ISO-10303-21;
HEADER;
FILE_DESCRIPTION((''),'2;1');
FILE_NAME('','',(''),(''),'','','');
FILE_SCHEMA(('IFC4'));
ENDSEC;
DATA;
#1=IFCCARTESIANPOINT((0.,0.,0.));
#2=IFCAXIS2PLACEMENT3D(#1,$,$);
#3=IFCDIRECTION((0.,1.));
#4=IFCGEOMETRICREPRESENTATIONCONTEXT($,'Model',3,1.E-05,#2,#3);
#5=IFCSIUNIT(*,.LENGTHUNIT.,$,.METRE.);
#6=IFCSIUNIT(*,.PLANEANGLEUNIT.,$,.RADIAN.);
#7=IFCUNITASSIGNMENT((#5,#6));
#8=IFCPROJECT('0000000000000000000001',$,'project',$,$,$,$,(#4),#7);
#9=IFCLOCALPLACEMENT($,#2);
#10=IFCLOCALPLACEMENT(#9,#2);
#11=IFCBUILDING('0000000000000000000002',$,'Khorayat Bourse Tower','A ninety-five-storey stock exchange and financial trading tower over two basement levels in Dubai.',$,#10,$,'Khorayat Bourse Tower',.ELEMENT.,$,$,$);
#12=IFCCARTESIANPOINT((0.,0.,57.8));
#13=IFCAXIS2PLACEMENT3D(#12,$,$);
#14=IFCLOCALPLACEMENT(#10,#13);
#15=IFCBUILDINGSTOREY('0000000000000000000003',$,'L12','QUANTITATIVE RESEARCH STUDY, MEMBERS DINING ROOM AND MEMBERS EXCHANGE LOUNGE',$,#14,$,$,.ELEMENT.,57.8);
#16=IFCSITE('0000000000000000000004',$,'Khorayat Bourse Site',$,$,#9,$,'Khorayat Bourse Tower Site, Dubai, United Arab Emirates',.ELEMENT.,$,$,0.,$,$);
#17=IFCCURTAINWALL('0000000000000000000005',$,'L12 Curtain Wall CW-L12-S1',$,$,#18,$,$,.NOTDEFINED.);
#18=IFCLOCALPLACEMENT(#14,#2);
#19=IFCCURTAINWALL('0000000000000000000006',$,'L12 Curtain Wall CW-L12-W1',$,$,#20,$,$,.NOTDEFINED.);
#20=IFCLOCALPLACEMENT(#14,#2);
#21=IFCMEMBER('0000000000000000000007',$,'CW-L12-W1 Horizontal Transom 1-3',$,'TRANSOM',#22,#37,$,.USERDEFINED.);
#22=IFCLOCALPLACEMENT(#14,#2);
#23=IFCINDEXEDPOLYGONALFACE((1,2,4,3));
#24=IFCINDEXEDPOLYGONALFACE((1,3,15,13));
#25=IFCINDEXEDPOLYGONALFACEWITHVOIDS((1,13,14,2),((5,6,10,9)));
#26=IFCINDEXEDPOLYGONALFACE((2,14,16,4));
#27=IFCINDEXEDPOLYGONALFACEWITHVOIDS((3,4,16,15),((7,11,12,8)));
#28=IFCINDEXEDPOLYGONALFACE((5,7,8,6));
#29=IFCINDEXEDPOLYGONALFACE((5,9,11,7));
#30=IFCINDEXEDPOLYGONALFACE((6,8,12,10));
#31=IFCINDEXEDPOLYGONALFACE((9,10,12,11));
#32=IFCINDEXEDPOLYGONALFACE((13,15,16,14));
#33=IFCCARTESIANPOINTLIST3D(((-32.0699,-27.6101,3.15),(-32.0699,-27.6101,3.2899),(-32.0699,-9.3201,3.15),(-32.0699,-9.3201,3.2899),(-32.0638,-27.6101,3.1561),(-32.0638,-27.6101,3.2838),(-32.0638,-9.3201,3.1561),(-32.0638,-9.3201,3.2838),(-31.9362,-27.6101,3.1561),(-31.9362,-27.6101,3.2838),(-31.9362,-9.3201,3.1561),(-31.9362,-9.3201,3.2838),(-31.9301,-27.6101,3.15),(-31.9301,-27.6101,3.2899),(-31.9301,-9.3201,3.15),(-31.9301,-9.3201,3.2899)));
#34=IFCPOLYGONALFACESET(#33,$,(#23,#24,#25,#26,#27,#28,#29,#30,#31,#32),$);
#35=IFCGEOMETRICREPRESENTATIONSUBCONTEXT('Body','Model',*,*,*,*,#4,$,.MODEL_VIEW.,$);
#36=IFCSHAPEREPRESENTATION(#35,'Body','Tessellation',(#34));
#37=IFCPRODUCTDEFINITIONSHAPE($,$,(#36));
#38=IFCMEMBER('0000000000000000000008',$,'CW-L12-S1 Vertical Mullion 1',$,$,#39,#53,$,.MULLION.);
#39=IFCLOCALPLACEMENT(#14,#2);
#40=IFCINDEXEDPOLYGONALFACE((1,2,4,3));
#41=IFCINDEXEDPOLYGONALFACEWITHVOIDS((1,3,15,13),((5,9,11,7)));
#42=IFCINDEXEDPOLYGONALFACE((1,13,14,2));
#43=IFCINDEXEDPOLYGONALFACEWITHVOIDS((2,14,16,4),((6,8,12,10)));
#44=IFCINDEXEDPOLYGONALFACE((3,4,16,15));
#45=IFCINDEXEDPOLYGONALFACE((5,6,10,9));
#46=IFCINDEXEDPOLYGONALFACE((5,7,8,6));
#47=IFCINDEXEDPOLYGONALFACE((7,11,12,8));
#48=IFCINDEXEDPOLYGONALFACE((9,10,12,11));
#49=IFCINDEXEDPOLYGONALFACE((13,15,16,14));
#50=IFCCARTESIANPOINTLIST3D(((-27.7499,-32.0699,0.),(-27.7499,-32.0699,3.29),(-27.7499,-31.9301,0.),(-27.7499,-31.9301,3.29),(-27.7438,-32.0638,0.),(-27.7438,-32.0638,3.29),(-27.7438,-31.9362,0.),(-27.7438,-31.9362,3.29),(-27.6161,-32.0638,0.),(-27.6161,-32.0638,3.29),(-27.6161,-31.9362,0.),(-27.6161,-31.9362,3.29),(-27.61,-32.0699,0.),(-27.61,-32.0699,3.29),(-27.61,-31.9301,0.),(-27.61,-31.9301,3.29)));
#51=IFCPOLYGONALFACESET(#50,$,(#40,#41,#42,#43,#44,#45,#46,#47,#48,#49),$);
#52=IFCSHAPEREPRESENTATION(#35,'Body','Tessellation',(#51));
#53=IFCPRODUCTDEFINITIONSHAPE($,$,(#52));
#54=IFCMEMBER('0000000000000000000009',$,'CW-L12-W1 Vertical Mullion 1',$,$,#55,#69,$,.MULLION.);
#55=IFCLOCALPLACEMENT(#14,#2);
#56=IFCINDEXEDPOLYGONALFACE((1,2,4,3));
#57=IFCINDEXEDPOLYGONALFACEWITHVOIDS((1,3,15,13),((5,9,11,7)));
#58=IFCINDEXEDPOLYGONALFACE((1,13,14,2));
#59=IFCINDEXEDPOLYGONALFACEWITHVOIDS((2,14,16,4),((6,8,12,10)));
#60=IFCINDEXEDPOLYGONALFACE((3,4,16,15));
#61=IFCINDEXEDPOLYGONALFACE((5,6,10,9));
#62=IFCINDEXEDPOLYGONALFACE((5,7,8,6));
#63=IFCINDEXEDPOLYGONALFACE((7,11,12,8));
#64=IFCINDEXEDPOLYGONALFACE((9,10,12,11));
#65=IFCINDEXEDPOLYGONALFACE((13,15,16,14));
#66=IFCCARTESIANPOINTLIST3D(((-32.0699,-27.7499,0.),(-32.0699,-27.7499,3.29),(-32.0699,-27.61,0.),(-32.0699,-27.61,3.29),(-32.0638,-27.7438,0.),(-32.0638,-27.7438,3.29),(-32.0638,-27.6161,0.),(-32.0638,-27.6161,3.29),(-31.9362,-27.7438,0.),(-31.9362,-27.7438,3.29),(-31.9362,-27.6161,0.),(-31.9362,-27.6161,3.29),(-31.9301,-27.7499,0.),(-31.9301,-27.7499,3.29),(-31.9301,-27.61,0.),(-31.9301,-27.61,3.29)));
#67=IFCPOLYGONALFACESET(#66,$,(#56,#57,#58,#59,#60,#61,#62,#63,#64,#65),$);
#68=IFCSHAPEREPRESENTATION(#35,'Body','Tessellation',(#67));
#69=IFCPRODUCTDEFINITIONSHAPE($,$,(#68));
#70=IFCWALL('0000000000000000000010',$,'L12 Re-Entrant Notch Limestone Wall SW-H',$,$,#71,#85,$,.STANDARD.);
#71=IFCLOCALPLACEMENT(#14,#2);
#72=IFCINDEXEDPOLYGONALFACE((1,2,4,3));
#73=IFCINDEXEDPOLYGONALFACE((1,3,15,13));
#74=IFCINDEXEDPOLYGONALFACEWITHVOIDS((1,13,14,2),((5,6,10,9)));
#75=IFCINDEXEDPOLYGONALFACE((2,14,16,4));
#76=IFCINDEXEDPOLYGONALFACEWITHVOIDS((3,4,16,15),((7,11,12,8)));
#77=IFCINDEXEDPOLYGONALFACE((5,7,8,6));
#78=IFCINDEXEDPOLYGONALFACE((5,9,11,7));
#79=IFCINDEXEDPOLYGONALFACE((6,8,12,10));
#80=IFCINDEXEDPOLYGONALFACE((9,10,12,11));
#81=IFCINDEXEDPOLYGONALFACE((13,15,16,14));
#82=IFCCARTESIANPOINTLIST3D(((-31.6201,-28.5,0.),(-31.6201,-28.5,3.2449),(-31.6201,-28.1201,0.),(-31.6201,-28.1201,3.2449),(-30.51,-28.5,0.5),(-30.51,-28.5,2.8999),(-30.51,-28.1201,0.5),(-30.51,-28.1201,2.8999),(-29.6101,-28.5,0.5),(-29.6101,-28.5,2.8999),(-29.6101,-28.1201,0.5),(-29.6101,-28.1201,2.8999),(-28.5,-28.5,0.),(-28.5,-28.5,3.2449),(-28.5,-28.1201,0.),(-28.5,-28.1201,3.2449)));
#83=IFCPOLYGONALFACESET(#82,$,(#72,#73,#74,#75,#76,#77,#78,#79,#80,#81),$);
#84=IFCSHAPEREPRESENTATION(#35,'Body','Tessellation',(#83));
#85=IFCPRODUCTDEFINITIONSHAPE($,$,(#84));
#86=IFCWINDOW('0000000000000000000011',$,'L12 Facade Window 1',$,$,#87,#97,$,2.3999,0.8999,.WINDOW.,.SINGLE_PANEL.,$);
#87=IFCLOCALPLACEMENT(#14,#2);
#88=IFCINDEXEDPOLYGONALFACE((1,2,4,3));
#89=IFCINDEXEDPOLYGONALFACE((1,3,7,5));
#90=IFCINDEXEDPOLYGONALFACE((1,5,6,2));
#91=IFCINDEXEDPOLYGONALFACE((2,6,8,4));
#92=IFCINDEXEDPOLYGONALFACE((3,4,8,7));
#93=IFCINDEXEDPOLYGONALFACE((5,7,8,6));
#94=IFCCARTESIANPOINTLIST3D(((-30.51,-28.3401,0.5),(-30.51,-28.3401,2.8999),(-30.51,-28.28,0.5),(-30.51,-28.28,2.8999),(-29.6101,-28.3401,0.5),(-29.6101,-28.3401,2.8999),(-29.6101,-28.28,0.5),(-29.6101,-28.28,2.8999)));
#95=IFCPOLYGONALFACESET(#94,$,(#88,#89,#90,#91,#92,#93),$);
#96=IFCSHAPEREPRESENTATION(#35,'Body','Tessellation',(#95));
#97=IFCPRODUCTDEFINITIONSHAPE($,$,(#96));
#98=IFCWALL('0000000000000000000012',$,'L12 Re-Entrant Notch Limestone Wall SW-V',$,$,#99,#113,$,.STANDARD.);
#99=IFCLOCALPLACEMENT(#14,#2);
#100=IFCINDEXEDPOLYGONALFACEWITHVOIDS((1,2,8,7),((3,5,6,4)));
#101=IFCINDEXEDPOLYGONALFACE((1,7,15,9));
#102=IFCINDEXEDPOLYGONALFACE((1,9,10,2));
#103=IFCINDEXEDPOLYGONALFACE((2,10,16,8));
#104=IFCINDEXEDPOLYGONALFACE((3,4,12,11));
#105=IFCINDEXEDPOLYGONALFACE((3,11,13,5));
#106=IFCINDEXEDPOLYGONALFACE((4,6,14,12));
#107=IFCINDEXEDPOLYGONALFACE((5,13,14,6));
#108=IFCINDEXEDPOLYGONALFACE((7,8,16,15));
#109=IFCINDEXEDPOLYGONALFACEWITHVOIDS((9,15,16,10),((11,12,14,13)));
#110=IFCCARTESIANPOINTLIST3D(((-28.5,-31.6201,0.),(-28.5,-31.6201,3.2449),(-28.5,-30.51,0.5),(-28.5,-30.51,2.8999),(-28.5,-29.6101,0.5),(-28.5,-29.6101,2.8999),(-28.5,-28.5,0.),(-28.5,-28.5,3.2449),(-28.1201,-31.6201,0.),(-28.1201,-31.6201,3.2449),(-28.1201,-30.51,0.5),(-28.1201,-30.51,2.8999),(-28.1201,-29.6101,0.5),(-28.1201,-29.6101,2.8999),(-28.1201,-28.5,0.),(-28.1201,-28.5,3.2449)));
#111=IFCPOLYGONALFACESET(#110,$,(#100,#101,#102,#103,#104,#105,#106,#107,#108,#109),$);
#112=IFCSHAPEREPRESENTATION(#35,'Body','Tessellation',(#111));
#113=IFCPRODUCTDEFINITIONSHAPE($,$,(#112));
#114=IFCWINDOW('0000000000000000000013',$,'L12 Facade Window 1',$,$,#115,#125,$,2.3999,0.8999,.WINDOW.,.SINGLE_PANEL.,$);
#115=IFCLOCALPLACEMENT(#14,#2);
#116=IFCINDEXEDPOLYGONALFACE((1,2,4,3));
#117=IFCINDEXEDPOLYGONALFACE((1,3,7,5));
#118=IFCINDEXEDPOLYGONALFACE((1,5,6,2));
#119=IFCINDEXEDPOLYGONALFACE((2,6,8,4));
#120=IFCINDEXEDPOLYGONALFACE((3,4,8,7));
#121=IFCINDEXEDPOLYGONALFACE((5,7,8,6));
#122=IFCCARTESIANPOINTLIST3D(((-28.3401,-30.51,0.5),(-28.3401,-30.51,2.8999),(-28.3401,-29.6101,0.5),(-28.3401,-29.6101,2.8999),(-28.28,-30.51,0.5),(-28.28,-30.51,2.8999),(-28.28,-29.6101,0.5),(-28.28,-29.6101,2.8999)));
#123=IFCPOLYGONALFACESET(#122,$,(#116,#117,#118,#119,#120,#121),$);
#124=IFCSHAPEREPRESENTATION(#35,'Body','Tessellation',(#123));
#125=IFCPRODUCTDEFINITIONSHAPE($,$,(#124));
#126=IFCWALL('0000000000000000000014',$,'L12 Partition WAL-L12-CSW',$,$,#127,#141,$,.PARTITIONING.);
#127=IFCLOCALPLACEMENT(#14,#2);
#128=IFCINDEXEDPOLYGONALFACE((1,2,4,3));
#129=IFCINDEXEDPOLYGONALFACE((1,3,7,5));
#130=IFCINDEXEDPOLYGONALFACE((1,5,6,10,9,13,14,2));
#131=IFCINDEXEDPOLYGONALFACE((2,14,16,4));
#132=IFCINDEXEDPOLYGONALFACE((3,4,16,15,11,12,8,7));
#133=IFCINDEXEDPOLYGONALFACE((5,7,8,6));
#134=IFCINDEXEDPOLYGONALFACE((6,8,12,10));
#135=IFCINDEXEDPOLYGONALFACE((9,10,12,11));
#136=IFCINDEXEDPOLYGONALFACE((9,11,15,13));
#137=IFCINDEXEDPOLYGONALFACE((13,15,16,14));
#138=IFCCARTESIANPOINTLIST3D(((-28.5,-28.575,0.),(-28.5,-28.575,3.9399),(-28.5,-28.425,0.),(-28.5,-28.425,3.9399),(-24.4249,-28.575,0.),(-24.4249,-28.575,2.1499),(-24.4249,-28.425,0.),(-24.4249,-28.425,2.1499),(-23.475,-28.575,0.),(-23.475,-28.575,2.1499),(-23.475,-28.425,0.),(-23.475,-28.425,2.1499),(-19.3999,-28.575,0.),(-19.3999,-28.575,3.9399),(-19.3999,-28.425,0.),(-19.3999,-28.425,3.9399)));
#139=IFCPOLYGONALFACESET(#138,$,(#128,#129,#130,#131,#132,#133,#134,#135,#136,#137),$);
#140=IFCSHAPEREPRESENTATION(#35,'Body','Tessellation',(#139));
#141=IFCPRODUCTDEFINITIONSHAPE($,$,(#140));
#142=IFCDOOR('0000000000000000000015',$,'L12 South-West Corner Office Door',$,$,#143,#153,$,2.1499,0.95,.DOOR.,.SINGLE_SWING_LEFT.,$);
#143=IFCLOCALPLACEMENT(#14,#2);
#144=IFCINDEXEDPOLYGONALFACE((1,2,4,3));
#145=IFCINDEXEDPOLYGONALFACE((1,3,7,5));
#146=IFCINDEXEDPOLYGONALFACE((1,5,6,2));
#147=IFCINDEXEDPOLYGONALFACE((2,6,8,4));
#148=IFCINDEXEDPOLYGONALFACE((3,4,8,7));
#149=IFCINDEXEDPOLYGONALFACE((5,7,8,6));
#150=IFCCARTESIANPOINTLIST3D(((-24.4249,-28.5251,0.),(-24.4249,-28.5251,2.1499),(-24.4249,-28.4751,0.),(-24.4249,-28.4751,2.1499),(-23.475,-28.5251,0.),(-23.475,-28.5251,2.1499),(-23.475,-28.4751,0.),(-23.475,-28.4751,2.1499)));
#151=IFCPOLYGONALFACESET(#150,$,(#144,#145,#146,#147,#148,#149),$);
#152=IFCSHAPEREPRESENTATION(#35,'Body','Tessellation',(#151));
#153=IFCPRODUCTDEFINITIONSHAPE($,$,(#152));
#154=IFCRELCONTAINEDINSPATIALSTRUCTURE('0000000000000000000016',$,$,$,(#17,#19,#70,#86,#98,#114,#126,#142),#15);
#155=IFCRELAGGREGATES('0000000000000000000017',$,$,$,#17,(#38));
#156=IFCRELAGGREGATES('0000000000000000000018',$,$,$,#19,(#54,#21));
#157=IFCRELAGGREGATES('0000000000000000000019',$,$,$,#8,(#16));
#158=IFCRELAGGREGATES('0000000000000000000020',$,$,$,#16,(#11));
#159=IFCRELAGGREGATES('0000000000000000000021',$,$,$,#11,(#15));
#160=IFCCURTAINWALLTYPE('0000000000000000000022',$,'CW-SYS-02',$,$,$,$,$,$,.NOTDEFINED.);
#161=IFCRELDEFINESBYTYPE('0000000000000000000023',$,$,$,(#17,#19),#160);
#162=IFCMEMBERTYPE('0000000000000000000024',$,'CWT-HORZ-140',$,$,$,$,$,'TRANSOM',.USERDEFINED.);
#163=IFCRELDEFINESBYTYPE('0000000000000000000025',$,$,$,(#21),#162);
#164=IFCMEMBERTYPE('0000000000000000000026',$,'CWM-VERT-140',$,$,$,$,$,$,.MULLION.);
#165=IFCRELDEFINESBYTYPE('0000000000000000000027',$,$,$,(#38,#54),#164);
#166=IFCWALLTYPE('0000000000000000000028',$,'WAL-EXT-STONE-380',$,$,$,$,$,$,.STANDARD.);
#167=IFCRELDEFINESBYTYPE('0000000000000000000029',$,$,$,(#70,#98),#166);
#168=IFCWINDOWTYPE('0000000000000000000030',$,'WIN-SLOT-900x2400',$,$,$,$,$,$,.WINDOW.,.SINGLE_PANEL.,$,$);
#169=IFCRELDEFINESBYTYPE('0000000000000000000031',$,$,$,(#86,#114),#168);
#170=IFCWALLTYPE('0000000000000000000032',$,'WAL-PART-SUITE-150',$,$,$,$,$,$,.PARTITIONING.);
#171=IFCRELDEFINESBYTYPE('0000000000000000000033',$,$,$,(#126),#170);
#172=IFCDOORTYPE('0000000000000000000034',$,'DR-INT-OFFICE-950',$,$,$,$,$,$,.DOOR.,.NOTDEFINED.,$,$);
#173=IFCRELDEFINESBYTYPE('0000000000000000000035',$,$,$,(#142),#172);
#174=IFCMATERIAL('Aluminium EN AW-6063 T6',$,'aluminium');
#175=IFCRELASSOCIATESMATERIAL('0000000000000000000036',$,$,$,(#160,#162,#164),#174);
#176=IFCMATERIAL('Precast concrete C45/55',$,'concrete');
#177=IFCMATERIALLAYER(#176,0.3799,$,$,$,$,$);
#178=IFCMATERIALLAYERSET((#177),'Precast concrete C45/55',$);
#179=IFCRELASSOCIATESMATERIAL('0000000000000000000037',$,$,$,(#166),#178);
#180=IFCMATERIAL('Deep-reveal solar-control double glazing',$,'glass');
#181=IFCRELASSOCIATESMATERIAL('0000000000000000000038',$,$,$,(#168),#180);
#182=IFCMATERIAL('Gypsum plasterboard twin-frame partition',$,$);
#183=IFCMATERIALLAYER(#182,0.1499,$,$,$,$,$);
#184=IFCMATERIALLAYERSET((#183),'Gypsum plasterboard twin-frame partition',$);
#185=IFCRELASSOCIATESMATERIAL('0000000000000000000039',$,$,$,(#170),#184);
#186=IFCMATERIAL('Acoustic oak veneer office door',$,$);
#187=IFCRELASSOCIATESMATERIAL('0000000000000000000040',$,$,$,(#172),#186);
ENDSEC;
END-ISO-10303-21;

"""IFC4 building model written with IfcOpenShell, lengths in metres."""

from ifc_helpers import new_model, si_unit, direction, frame, frame_2d, origin, origin_2d, place, context, subcontext, project, spatial, rectangle, hollow_rectangle, extrude, source, transform, mapped, material, layer, layer_set, material_profile, profile_set, type_object, element, fill, aggregate, save


model = new_model("IFC4")

# Units and contexts
model_context = context("Model", 3, precision=1e-05, world=origin(), true_north=direction((0.0, 1.0)))
body_context = subcontext(model_context, "Body", "Model", "MODEL_VIEW")
ifc_project = project(units=[si_unit("LENGTHUNIT", "METRE"), si_unit("PLANEANGLEUNIT", "RADIAN")], contexts=[model_context])

# Site, building, storey
site_placement = place(None, origin())
site = spatial("IfcSite", under=ifc_project, at=site_placement, Name="Khorayat Bourse Site", LongName="Khorayat Bourse Tower Site, Dubai, United Arab Emirates", CompositionType="ELEMENT", RefElevation=0.0)
building_placement = place(site_placement, origin())
building = spatial("IfcBuilding", under=site, at=building_placement, Name="Khorayat Bourse Tower", Description="A ninety-five-storey stock exchange and financial trading tower over two basement levels in Dubai.", LongName="Khorayat Bourse Tower", CompositionType="ELEMENT")
storey_placement = place(building_placement, frame((0.0, 0.0, 57.8)))
storey = spatial("IfcBuildingStorey", under=building, at=storey_placement, Name="L12", Description="QUANTITATIVE RESEARCH STUDY, MEMBERS DINING ROOM AND MEMBERS EXCHANGE LOUNGE", CompositionType="ELEMENT", Elevation=57.8)

# Curtain walls, member
ifc_material_1 = material(Name="Aluminium EN AW-6063 T6", Category="aluminium")
curtain_wall_type = type_object("IfcCurtainWallType", Name="CW-SYS-02", PredefinedType="NOTDEFINED", material=ifc_material_1)
curtain_wall_1_placement = place(storey_placement, origin())
curtain_wall_1 = element("IfcCurtainWall", 1, at=curtain_wall_1_placement, inside=storey, type_object=curtain_wall_type, Name="L12 Curtain Wall CW-L12-S1", PredefinedType="NOTDEFINED")
ifc_material_profile_1 = material_profile(ifc_material_1, hollow_rectangle(XDim=0.1399, YDim=0.1399, WallThickness=0.0061, at=origin_2d()), Name="ALU 140x140x6")
ifc_profile_set_1 = profile_set([ifc_material_profile_1], Name="Aluminium EN AW-6063 T6")
member_type_1 = type_object("IfcMemberType", Name="CWT-HORZ-140", ElementType="TRANSOM", PredefinedType="USERDEFINED", material=ifc_profile_set_1)
shared_shape_1 = source(origin(), body_context, "Body", "SweptSolid", [
    extrude(hollow_rectangle(XDim=0.1399, YDim=0.1399, WallThickness=0.0061, at=origin_2d()), origin(), (0.0, 0.0, 1.0), 18.29),
])
curtain_wall_2_placement = place(storey_placement, origin())
curtain_wall_2 = element("IfcCurtainWall", 2, at=curtain_wall_2_placement, inside=storey, type_object=curtain_wall_type, Name="L12 Curtain Wall CW-L12-W1", PredefinedType="NOTDEFINED")
member_1_placement = place(storey_placement, frame((-32.0, -27.6101, 3.22), z_axis=(0.0, 1.0, 0.0), x_axis=(-1.0, 0.0, 0.0)))
member_1 = element("IfcMember", 3, at=member_1_placement, type_object=member_type_1, Name="CW-L12-W1 Horizontal Transom 1-3", ObjectType="TRANSOM", PredefinedType="USERDEFINED", context=body_context, shape_type="MappedRepresentation", body=[
    mapped(shared_shape_1, transform((0.0, 0.0, 0.0), scale=1.0)),
])

# Members
ifc_material_profile_2 = material_profile(ifc_material_1, hollow_rectangle(XDim=0.1399, YDim=0.1399, WallThickness=0.0061, at=origin_2d()), Name="ALU 140x140x6")
ifc_profile_set_2 = profile_set([ifc_material_profile_2], Name="Aluminium EN AW-6063 T6")
member_type_2 = type_object("IfcMemberType", Name="CWM-VERT-140", PredefinedType="MULLION", material=ifc_profile_set_2)
shared_shape_2 = source(origin(), body_context, "Body", "SweptSolid", [
    extrude(hollow_rectangle(XDim=0.1399, YDim=0.1399, WallThickness=0.0061, at=origin_2d()), origin(), (0.0, 0.0, 1.0), 3.29),
])
member_2_placement = place(storey_placement, frame((-27.6799, -32.0, 0.0), z_axis=(0.0, 0.0, 1.0), x_axis=(0.0, 1.0, 0.0)))
member_2 = element("IfcMember", 4, at=member_2_placement, type_object=member_type_2, Name="CW-L12-S1 Vertical Mullion 1", PredefinedType="MULLION", context=body_context, shape_type="MappedRepresentation", body=[
    mapped(shared_shape_2, transform((0.0, 0.0, 0.0), scale=1.0)),
])
aggregate(curtain_wall_1, [member_2])
member_3_placement = place(storey_placement, frame((-32.0, -27.6799, 0.0), z_axis=(0.0, 0.0, 1.0), x_axis=(-1.0, 0.0, 0.0)))
member_3 = element("IfcMember", 5, at=member_3_placement, type_object=member_type_2, Name="CW-L12-W1 Vertical Mullion 1", PredefinedType="MULLION", context=body_context, shape_type="MappedRepresentation", body=[
    mapped(shared_shape_2, transform((0.0, 0.0, 0.0), scale=1.0)),
])
aggregate(curtain_wall_2, [member_3, member_1])

# Walls, openings, windows
ifc_material_2 = material(Name="Precast concrete C45/55", Category="concrete")
ifc_layer_1 = layer(ifc_material_2, 0.3799)
ifc_layer_set_1 = layer_set([ifc_layer_1], Name="Precast concrete C45/55")
wall_type_1 = type_object("IfcWallType", Name="WAL-EXT-STONE-380", PredefinedType="STANDARD", material=ifc_layer_set_1)
shared_shape_3 = source(origin(), body_context, "Body", "SweptSolid", [
    extrude(rectangle(XDim=3.1201, YDim=0.3799, at=frame_2d((1.5601, 0.0))), origin(), (0.0, 0.0, 1.0), 3.2449),
])
wall_1_placement = place(storey_placement, frame((-28.5, -28.3101, 0.0), z_axis=(0.0, 0.0, 1.0), x_axis=(-1.0, 0.0, 0.0)))
wall_1 = element("IfcWall", 6, at=wall_1_placement, inside=storey, type_object=wall_type_1, Name="L12 Re-Entrant Notch Limestone Wall SW-H", PredefinedType="STANDARD", context=body_context, shape_type="MappedRepresentation", body=[
    mapped(shared_shape_3, transform((0.0, 0.0, 0.0), scale=1.0)),
])
shared_shape_4 = source(origin(), body_context, "Body", "SweptSolid", [
    extrude(rectangle(XDim=0.8999, YDim=2.3999, at=frame_2d((0.45, 1.2))), frame((0.0, 0.2, 0.0), z_axis=(0.0, -1.0, 0.0), x_axis=(1.0, 0.0, 0.0)), (0.0, 0.0, 1.0), 0.3999),
])
opening_1_placement = place(wall_1_placement, frame((1.1101, 0.0, 0.5)))
opening_1 = element("IfcOpeningElement", 7, at=opening_1_placement, cuts=wall_1, PredefinedType="OPENING", context=body_context, shape_type="MappedRepresentation", body=[
    mapped(shared_shape_4, transform((0.0, 0.0, 0.0), scale=1.0)),
])
ifc_material_3 = material(Name="Deep-reveal solar-control double glazing", Category="glass")
window_type = type_object("IfcWindowType", Name="WIN-SLOT-900x2400", PartitioningType="SINGLE_PANEL", PredefinedType="WINDOW", material=ifc_material_3)
shared_shape_5 = source(origin(), body_context, "Body", "SweptSolid", [
    extrude(rectangle(XDim=0.8999, YDim=2.3999, at=frame_2d((0.45, 1.2))), frame((0.0, 0.03, 0.0), z_axis=(0.0, -1.0, 0.0), x_axis=(1.0, 0.0, 0.0)), (0.0, 0.0, 1.0), 0.0601),
])
window_1_placement = place(opening_1_placement, origin())
window_1 = element("IfcWindow", 8, at=window_1_placement, inside=storey, type_object=window_type, Name="L12 Facade Window 1", OverallHeight=2.3999, OverallWidth=0.8999, PartitioningType="SINGLE_PANEL", PredefinedType="WINDOW", context=body_context, shape_type="MappedRepresentation", body=[
    mapped(shared_shape_5, transform((0.0, 0.0, 0.0), scale=1.0)),
])
fill(opening_1, window_1)
wall_2_placement = place(storey_placement, frame((-28.3101, -31.6201, 0.0), z_axis=(0.0, 0.0, 1.0), x_axis=(0.0, 1.0, 0.0)))
wall_2 = element("IfcWall", 9, at=wall_2_placement, inside=storey, type_object=wall_type_1, Name="L12 Re-Entrant Notch Limestone Wall SW-V", PredefinedType="STANDARD", context=body_context, shape_type="MappedRepresentation", body=[
    mapped(shared_shape_3, transform((0.0, 0.0, 0.0), scale=1.0)),
])
opening_2_placement = place(wall_2_placement, frame((1.1101, 0.0, 0.5)))
opening_2 = element("IfcOpeningElement", 10, at=opening_2_placement, cuts=wall_2, PredefinedType="OPENING", context=body_context, shape_type="MappedRepresentation", body=[
    mapped(shared_shape_4, transform((0.0, 0.0, 0.0), scale=1.0)),
])
window_2_placement = place(opening_2_placement, origin())
window_2 = element("IfcWindow", 11, at=window_2_placement, inside=storey, type_object=window_type, Name="L12 Facade Window 1", OverallHeight=2.3999, OverallWidth=0.8999, PartitioningType="SINGLE_PANEL", PredefinedType="WINDOW", context=body_context, shape_type="MappedRepresentation", body=[
    mapped(shared_shape_5, transform((0.0, 0.0, 0.0), scale=1.0)),
])
fill(opening_2, window_2)

# Wall, opening, door
ifc_material_4 = material(Name="Gypsum plasterboard twin-frame partition")
ifc_layer_2 = layer(ifc_material_4, 0.1499)
ifc_layer_set_2 = layer_set([ifc_layer_2], Name="Gypsum plasterboard twin-frame partition")
wall_type_2 = type_object("IfcWallType", Name="WAL-PART-SUITE-150", PredefinedType="PARTITIONING", material=ifc_layer_set_2)
shared_shape_6 = source(origin(), body_context, "Body", "SweptSolid", [
    extrude(rectangle(XDim=9.1001, YDim=0.1499, at=frame_2d((4.55, 0.0))), origin(), (0.0, 0.0, 1.0), 3.9399),
])
wall_3_placement = place(storey_placement, frame((-28.5, -28.5, 0.0), z_axis=(0.0, 0.0, 1.0), x_axis=(1.0, 0.0, 0.0)))
wall_3 = element("IfcWall", 12, at=wall_3_placement, inside=storey, type_object=wall_type_2, Name="L12 Partition WAL-L12-CSW", PredefinedType="PARTITIONING", context=body_context, shape_type="MappedRepresentation", body=[
    mapped(shared_shape_6, transform((0.0, 0.0, 0.0), scale=1.0)),
])
shared_shape_7 = source(origin(), body_context, "Body", "SweptSolid", [
    extrude(rectangle(XDim=0.95, YDim=2.1499, at=frame_2d((0.4751, 1.075))), frame((0.0, 0.085, 0.0), z_axis=(0.0, -1.0, 0.0), x_axis=(1.0, 0.0, 0.0)), (0.0, 0.0, 1.0), 0.1699),
])
opening_3_placement = place(wall_3_placement, frame((4.075, 0.0, 0.0)))
opening_3 = element("IfcOpeningElement", 13, at=opening_3_placement, cuts=wall_3, PredefinedType="OPENING", context=body_context, shape_type="MappedRepresentation", body=[
    mapped(shared_shape_7, transform((0.0, 0.0, 0.0), scale=1.0)),
])
ifc_material_5 = material(Name="Acoustic oak veneer office door")
door_type = type_object("IfcDoorType", Name="DR-INT-OFFICE-950", OperationType="NOTDEFINED", PredefinedType="DOOR", material=ifc_material_5)
shared_shape_8 = source(origin(), body_context, "Body", "SweptSolid", [
    extrude(rectangle(XDim=0.95, YDim=2.1499, at=frame_2d((0.4751, 1.075))), frame((0.0, 0.0249, 0.0), z_axis=(0.0, -1.0, 0.0), x_axis=(1.0, 0.0, 0.0)), (0.0, 0.0, 1.0), 0.05),
])
door_placement = place(opening_3_placement, origin())
door = element("IfcDoor", 14, at=door_placement, inside=storey, type_object=door_type, Name="L12 South-West Corner Office Door", OperationType="SINGLE_SWING_LEFT", OverallHeight=2.1499, OverallWidth=0.95, PredefinedType="DOOR", context=body_context, shape_type="MappedRepresentation", body=[
    mapped(shared_shape_8, transform((0.0, 0.0, 0.0), scale=1.0)),
])
fill(opening_3, door)

save(model, "model.ifc")
